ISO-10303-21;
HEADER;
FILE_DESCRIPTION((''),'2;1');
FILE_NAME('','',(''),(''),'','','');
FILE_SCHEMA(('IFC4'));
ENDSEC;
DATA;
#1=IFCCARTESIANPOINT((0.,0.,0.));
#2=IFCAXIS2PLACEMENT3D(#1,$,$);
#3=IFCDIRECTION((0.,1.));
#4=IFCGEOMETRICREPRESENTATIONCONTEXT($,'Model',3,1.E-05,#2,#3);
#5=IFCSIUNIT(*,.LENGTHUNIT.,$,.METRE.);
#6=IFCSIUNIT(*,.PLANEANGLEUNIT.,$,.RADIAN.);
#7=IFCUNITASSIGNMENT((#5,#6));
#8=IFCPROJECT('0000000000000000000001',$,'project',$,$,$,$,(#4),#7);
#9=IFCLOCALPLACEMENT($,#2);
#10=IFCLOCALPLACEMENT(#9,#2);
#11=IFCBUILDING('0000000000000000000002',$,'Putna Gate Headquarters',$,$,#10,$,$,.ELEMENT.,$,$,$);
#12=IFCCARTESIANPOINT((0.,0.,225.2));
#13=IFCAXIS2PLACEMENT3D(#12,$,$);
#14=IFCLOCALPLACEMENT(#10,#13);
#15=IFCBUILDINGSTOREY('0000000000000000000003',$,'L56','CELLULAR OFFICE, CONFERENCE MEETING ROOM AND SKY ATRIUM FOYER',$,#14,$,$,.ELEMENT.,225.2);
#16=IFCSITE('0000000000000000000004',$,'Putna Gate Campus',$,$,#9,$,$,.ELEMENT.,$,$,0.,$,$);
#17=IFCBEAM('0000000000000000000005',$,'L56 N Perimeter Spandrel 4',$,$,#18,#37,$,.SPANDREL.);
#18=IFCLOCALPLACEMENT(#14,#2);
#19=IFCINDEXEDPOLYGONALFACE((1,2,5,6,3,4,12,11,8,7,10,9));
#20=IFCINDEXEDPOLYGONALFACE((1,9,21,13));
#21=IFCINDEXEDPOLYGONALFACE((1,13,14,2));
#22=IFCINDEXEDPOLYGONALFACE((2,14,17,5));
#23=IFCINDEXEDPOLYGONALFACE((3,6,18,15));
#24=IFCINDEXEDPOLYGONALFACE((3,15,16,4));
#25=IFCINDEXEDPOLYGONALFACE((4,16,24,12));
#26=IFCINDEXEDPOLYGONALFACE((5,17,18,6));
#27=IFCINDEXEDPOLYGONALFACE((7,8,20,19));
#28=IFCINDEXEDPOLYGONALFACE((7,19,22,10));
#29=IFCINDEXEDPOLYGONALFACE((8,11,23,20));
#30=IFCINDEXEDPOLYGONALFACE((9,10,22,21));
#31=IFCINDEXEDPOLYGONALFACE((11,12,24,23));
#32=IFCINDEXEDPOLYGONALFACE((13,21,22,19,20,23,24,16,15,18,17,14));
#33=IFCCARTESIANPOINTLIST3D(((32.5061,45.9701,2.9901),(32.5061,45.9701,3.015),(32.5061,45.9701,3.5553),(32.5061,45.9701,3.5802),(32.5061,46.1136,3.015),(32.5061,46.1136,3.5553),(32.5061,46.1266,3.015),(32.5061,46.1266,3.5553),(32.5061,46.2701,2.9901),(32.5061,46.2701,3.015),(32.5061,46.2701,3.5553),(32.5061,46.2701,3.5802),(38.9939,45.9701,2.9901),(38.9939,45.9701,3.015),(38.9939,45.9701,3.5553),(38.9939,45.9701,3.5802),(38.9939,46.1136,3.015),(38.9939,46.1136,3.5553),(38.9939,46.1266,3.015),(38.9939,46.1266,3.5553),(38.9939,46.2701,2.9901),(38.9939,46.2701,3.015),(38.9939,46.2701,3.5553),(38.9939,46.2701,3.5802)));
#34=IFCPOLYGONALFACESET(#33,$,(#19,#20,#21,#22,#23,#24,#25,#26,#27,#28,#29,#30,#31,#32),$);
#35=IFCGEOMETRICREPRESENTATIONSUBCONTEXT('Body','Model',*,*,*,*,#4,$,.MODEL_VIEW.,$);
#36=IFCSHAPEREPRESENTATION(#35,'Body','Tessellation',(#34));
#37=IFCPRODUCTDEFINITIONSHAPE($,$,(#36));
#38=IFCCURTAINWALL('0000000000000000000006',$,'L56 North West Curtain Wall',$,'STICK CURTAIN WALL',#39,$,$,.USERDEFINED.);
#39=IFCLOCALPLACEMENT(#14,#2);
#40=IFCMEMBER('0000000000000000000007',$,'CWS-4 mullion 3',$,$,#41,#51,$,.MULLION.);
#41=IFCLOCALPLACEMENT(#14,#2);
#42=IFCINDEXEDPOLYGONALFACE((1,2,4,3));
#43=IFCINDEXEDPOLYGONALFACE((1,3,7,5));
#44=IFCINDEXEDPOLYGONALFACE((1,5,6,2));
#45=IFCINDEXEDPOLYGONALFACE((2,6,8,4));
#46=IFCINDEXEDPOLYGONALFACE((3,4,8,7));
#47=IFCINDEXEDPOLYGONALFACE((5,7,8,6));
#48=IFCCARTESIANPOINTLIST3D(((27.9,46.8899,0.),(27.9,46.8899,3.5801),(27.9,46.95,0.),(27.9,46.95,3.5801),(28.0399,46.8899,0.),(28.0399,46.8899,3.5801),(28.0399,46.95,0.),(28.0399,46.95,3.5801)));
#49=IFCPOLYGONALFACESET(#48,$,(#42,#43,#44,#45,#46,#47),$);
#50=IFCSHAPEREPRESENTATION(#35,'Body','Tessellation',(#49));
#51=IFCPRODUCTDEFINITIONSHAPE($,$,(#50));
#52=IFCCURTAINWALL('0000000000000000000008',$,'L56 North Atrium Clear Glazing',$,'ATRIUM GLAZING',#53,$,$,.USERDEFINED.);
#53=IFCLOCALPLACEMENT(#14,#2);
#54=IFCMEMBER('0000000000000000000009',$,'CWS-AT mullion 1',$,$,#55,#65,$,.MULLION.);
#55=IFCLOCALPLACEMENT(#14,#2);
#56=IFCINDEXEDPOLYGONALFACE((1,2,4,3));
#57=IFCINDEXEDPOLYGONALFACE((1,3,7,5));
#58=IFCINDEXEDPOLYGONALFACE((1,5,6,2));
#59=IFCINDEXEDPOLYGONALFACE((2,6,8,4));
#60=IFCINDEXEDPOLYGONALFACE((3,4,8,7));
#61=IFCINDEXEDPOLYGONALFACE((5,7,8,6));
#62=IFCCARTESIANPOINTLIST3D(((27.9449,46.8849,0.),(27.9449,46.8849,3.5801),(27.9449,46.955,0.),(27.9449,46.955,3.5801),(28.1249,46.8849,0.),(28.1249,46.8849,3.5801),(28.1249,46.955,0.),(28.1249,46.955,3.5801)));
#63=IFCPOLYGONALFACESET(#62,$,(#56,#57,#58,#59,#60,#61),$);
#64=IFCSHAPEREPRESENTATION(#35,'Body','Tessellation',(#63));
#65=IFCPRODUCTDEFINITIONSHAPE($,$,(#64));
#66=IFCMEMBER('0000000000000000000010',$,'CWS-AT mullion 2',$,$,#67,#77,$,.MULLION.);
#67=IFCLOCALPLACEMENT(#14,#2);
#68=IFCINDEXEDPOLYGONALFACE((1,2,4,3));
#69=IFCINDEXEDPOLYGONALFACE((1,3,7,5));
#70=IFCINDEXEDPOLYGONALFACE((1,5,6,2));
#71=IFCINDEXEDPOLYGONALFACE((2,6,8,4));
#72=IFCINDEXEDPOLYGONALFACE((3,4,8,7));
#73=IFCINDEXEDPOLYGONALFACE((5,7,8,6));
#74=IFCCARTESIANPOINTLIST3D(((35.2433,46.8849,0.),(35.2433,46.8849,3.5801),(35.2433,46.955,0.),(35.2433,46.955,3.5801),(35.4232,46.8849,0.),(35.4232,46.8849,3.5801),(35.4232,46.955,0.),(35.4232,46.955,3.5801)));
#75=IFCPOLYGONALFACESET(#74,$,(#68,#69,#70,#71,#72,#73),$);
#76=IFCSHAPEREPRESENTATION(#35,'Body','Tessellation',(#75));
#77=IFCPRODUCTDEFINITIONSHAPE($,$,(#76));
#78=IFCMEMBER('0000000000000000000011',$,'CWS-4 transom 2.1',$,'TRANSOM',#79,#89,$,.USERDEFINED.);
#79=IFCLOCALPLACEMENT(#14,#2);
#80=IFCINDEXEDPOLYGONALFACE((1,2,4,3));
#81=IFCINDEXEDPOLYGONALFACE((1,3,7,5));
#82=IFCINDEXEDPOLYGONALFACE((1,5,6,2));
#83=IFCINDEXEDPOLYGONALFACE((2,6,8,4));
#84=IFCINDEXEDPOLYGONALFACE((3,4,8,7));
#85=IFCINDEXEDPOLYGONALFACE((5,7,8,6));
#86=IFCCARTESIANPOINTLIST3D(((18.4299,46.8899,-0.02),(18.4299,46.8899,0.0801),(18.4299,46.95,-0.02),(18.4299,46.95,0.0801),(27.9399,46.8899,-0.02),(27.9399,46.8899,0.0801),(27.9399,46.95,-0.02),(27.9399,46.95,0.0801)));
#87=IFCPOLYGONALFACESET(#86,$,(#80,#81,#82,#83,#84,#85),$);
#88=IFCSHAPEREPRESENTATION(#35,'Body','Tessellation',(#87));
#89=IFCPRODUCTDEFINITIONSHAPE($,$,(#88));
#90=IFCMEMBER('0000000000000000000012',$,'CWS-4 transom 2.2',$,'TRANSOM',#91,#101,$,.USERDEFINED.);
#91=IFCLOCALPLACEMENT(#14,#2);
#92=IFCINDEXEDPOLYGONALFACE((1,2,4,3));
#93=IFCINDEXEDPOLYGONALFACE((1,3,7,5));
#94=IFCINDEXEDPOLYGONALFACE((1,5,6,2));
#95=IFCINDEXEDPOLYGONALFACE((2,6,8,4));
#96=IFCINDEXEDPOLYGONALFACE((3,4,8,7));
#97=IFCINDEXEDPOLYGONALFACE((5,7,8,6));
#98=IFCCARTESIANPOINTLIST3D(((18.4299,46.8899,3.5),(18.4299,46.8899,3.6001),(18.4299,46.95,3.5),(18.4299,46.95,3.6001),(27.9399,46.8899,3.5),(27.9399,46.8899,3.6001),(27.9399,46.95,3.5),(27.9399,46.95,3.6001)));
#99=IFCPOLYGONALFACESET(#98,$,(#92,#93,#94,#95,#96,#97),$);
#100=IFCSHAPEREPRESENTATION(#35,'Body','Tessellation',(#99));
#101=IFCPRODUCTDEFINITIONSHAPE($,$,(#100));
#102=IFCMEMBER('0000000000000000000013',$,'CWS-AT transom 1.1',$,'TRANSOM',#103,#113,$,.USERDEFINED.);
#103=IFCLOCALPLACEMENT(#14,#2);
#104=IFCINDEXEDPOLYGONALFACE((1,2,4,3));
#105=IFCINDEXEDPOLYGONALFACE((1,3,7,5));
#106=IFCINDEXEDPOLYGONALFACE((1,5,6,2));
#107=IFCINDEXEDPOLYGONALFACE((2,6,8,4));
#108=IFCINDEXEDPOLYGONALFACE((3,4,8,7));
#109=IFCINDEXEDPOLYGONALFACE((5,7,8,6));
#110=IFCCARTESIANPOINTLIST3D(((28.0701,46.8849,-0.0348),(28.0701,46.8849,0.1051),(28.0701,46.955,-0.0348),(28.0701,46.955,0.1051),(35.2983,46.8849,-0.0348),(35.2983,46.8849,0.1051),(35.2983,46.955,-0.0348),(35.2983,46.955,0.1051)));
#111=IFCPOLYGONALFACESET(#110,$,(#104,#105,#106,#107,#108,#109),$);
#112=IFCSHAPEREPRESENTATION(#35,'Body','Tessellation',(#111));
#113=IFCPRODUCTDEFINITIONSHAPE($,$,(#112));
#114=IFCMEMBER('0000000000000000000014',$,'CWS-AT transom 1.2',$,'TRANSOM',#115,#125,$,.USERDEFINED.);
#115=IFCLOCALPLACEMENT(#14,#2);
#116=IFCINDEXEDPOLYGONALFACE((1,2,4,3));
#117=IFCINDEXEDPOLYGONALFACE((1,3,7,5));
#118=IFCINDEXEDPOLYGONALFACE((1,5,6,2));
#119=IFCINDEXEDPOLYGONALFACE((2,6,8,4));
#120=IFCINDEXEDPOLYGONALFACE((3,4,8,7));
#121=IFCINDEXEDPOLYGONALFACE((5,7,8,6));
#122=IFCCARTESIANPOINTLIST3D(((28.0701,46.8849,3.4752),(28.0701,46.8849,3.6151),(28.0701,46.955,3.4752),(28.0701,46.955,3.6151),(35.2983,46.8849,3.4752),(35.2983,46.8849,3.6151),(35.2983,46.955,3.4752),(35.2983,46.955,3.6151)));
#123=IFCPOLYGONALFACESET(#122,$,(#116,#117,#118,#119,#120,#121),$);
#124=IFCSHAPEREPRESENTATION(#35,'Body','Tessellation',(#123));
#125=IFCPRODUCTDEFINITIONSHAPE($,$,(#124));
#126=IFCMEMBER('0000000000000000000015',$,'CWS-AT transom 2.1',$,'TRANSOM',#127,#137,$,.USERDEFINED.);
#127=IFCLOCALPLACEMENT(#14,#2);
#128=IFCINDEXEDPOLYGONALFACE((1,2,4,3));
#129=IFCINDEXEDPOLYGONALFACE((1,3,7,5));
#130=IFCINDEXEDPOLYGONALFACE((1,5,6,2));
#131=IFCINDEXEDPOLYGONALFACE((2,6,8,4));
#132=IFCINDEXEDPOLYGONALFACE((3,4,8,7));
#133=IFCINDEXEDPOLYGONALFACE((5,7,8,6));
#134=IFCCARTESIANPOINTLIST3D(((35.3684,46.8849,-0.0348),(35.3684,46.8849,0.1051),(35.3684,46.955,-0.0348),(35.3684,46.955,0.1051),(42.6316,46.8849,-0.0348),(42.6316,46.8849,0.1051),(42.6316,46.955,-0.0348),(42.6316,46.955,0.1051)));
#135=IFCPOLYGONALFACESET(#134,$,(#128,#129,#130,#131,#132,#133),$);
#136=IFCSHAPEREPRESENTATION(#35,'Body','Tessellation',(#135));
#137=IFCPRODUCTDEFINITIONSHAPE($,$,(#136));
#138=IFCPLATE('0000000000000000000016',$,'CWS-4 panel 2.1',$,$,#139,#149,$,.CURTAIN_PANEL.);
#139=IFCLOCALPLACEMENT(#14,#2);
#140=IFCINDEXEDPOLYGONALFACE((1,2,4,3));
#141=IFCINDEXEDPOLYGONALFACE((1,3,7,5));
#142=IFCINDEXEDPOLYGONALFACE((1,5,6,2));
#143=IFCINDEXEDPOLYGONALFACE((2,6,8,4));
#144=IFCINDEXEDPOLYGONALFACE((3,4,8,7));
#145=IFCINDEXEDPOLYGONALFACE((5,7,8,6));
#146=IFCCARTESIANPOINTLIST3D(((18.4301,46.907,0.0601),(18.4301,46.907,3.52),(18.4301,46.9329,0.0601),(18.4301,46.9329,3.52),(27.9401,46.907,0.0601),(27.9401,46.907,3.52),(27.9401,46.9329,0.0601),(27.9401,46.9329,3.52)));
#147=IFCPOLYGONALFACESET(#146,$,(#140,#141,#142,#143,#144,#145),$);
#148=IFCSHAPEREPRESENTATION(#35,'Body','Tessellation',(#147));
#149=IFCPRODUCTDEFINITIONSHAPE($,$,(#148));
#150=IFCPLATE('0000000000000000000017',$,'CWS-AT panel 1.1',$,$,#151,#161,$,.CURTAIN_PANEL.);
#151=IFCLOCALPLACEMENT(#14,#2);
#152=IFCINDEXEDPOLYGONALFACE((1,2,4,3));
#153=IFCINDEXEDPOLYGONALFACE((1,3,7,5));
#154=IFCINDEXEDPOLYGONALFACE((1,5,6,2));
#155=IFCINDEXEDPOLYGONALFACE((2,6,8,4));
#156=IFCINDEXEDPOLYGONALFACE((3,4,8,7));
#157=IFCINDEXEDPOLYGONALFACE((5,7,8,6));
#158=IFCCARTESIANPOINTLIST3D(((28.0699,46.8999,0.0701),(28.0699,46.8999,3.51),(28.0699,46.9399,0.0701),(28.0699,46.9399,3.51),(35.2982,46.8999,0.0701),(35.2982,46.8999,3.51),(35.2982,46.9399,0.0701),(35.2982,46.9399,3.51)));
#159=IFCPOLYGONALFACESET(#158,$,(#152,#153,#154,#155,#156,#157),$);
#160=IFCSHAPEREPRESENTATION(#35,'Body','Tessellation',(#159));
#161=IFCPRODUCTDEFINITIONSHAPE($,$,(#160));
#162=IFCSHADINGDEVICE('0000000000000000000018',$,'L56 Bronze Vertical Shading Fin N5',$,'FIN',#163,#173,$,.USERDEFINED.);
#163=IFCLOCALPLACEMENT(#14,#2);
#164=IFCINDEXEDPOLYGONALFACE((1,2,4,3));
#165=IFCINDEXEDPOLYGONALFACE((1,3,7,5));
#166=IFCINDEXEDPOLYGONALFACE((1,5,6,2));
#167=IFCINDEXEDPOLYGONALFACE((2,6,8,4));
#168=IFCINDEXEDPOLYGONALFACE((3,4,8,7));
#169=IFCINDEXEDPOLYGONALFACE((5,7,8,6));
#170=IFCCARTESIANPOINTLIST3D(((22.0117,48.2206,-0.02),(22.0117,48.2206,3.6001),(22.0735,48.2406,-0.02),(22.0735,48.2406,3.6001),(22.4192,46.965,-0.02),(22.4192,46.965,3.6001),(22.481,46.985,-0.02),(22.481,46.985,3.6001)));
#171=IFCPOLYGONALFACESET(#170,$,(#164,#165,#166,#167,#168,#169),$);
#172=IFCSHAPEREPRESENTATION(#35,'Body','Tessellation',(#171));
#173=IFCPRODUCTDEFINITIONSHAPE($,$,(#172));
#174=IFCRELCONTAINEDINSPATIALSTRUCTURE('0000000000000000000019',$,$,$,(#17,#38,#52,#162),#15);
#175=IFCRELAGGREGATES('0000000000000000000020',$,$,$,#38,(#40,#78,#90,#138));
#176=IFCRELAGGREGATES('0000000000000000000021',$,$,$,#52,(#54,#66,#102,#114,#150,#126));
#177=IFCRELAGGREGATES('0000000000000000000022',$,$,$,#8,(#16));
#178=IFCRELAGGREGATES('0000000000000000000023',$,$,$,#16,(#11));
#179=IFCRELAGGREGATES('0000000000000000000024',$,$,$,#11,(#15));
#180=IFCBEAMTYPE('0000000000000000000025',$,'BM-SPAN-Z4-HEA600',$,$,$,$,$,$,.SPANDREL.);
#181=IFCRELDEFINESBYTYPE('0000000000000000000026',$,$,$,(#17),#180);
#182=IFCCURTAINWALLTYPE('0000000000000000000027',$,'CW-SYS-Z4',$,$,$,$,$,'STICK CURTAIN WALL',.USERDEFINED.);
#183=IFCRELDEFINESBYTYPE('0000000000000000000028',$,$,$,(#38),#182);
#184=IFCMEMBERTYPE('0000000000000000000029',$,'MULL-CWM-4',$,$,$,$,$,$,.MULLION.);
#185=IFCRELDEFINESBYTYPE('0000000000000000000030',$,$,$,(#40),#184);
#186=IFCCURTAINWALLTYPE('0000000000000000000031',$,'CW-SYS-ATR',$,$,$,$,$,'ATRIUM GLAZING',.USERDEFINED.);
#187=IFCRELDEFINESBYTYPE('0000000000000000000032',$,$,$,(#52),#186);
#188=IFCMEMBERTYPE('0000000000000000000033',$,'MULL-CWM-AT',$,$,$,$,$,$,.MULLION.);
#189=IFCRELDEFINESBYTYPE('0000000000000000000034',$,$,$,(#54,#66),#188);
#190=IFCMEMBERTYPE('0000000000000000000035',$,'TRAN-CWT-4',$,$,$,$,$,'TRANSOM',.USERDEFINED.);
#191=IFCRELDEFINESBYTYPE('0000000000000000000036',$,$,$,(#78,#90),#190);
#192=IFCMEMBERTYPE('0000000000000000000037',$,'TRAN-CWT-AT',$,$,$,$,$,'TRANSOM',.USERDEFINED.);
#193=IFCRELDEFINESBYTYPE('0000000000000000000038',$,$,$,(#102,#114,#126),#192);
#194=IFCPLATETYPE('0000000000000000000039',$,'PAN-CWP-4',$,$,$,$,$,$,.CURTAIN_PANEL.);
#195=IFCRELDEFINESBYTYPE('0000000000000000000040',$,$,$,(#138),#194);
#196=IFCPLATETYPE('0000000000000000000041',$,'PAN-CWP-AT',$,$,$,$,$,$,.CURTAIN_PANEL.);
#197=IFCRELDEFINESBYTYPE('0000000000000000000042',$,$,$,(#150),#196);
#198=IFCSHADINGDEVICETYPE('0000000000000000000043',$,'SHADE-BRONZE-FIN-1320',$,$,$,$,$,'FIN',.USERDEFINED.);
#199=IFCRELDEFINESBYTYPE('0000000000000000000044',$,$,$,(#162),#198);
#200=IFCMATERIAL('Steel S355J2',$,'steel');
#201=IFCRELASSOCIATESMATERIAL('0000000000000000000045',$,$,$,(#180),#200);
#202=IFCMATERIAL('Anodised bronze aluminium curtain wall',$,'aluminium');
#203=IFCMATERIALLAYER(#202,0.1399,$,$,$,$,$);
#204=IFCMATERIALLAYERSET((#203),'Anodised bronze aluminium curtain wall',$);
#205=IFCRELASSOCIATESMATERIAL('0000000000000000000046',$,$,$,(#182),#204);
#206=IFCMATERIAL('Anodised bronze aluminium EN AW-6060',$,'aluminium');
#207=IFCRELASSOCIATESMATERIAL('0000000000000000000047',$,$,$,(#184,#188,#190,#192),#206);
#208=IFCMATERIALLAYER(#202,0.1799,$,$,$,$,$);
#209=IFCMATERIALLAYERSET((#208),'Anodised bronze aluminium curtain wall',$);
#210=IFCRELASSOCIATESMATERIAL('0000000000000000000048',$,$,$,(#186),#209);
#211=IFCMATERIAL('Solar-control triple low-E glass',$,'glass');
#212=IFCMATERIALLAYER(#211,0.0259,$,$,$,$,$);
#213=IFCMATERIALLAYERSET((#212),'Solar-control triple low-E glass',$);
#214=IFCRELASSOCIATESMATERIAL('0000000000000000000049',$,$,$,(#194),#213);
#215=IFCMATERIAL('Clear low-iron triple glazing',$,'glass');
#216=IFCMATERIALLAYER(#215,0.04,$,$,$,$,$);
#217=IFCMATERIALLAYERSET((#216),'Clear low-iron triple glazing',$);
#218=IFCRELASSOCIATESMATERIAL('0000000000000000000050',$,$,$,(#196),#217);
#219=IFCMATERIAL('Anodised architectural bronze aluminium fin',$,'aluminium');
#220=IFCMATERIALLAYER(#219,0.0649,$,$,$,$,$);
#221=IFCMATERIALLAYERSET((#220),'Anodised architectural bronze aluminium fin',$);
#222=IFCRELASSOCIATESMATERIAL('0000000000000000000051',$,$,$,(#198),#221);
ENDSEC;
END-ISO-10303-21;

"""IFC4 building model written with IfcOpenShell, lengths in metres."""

from ifc_helpers import new_model, si_unit, direction, frame, origin, origin_2d, place, context, subcontext, project, spatial, rectangle, i_section, extrude, material, layer, layer_set, material_profile, profile_set, type_object, element, aggregate, save


model = new_model("IFC4")

# Units and contexts
model_context = context("Model", 3, precision=1e-05, world=origin(), true_north=direction((0.0, 1.0)))
body_context = subcontext(model_context, "Body", "Model", "MODEL_VIEW")
ifc_project = project(units=[si_unit("LENGTHUNIT", "METRE"), si_unit("PLANEANGLEUNIT", "RADIAN")], contexts=[model_context])

# Site, building, storey
site_placement = place(None, origin())
site = spatial("IfcSite", under=ifc_project, at=site_placement, Name="Putna Gate Campus", CompositionType="ELEMENT", RefElevation=0.0)
building_placement = place(site_placement, origin())
building = spatial("IfcBuilding", under=site, at=building_placement, Name="Putna Gate Headquarters", CompositionType="ELEMENT")
storey_placement = place(building_placement, frame((0.0, 0.0, 225.2)))
storey = spatial("IfcBuildingStorey", under=building, at=storey_placement, Name="L56", Description="CELLULAR OFFICE, CONFERENCE MEETING ROOM AND SKY ATRIUM FOYER", CompositionType="ELEMENT", Elevation=225.2)

# Beam
ifc_material_1 = material(Name="Steel S355J2", Category="steel")
ifc_material_profile_1 = material_profile(ifc_material_1, i_section(OverallWidth=0.3, OverallDepth=0.5901, WebThickness=0.0129, FlangeThickness=0.0249, at=origin_2d()), Name="Steel S355J2")
ifc_profile_set_1 = profile_set([ifc_material_profile_1], Name="Steel S355J2")
beam_type_1 = type_object("IfcBeamType", Name="BM-SPAN-Z4-HEA600", PredefinedType="SPANDREL", material=ifc_profile_set_1)
for number, where, z_axis, x_axis, name in (
    (1, (32.5061, 46.1201, 3.2852), (1.0, 0.0, 0.0), (0.0, 1.0, 0.0), "L56 N Perimeter Spandrel 4"),
):
    element("IfcBeam", number, at=place(storey_placement, frame(where, z_axis=z_axis, x_axis=x_axis)), inside=storey, type_object=beam_type_1, Name=name, PredefinedType="SPANDREL", context=body_context, shape_type="SweptSolid", body=[
        extrude(i_section(OverallWidth=0.3, OverallDepth=0.5901, WebThickness=0.0129, FlangeThickness=0.0249, at=origin_2d()), origin(), (0.0, 0.0, 1.0), 6.4878),
    ])

# Curtain wall, member
ifc_material_2 = material(Name="Anodised bronze aluminium curtain wall", Category="aluminium")
ifc_layer_1 = layer(ifc_material_2, 0.1399)
ifc_layer_set_1 = layer_set([ifc_layer_1], Name="Anodised bronze aluminium curtain wall")
curtain_wall_type_1 = type_object("IfcCurtainWallType", Name="CW-SYS-Z4", ElementType="STICK CURTAIN WALL", PredefinedType="USERDEFINED", material=ifc_layer_set_1)
curtain_wall_1_placement = place(storey_placement, origin())
curtain_wall_1 = element("IfcCurtainWall", 2, at=curtain_wall_1_placement, inside=storey, type_object=curtain_wall_type_1, Name="L56 North West Curtain Wall", ObjectType="STICK CURTAIN WALL", PredefinedType="USERDEFINED")
ifc_material_3 = material(Name="Anodised bronze aluminium EN AW-6060", Category="aluminium")
ifc_material_profile_2 = material_profile(ifc_material_3, rectangle(XDim=0.0601, YDim=0.1399, at=origin_2d()), Name="Anodised bronze aluminium EN AW-6060")
ifc_profile_set_2 = profile_set([ifc_material_profile_2], Name="Anodised bronze aluminium EN AW-6060")
member_type_1 = type_object("IfcMemberType", Name="MULL-CWM-4", PredefinedType="MULLION", material=ifc_profile_set_2)
member_1_placement = place(storey_placement, frame((27.97, 46.9199, 0.0), z_axis=(0.0, 0.0, 1.0), x_axis=(0.0, 1.0, 0.0)))
member_1 = element("IfcMember", 3, at=member_1_placement, type_object=member_type_1, Name="CWS-4 mullion 3", PredefinedType="MULLION", context=body_context, shape_type="SweptSolid", body=[
    extrude(rectangle(XDim=0.0601, YDim=0.1399, at=origin_2d()), origin(), (0.0, 0.0, 1.0), 3.5801),
])

# Curtain wall, members
ifc_layer_2 = layer(ifc_material_2, 0.1799)
ifc_layer_set_2 = layer_set([ifc_layer_2], Name="Anodised bronze aluminium curtain wall")
curtain_wall_type_2 = type_object("IfcCurtainWallType", Name="CW-SYS-ATR", ElementType="ATRIUM GLAZING", PredefinedType="USERDEFINED", material=ifc_layer_set_2)
curtain_wall_2_placement = place(storey_placement, origin())
curtain_wall_2 = element("IfcCurtainWall", 4, at=curtain_wall_2_placement, inside=storey, type_object=curtain_wall_type_2, Name="L56 North Atrium Clear Glazing", ObjectType="ATRIUM GLAZING", PredefinedType="USERDEFINED")
ifc_material_profile_3 = material_profile(ifc_material_3, rectangle(XDim=0.0701, YDim=0.1799, at=origin_2d()), Name="Anodised bronze aluminium EN AW-6060")
ifc_profile_set_3 = profile_set([ifc_material_profile_3], Name="Anodised bronze aluminium EN AW-6060")
member_type_2 = type_object("IfcMemberType", Name="MULL-CWM-AT", PredefinedType="MULLION", material=ifc_profile_set_3)
member_2_placement = place(storey_placement, frame((28.0349, 46.9199, 0.0), z_axis=(0.0, 0.0, 1.0), x_axis=(0.0, 1.0, 0.0)))
member_2 = element("IfcMember", 5, at=member_2_placement, type_object=member_type_2, Name="CWS-AT mullion 1", PredefinedType="MULLION", context=body_context, shape_type="SweptSolid", body=[
    extrude(rectangle(XDim=0.0701, YDim=0.1799, at=origin_2d()), origin(), (0.0, 0.0, 1.0), 3.5801),
])
member_3_placement = place(storey_placement, frame((35.3333, 46.9199, 0.0), z_axis=(0.0, 0.0, 1.0), x_axis=(0.0, 1.0, 0.0)))
member_3 = element("IfcMember", 6, at=member_3_placement, type_object=member_type_2, Name="CWS-AT mullion 2", PredefinedType="MULLION", context=body_context, shape_type="SweptSolid", body=[
    extrude(rectangle(XDim=0.0701, YDim=0.1799, at=origin_2d()), origin(), (0.0, 0.0, 1.0), 3.5801),
])

# Members
ifc_material_profile_4 = material_profile(ifc_material_3, rectangle(XDim=0.0601, YDim=0.1001, at=origin_2d()), Name="Anodised bronze aluminium EN AW-6060")
ifc_profile_set_4 = profile_set([ifc_material_profile_4], Name="Anodised bronze aluminium EN AW-6060")
member_type_3 = type_object("IfcMemberType", Name="TRAN-CWT-4", ElementType="TRANSOM", PredefinedType="USERDEFINED", material=ifc_profile_set_4)
member_4_placement = place(storey_placement, frame((18.4299, 46.9199, 0.03), z_axis=(1.0, 0.0, 0.0), x_axis=(0.0, 1.0, 0.0)))
member_4 = element("IfcMember", 7, at=member_4_placement, type_object=member_type_3, Name="CWS-4 transom 2.1", ObjectType="TRANSOM", PredefinedType="USERDEFINED", context=body_context, shape_type="SweptSolid", body=[
    extrude(rectangle(XDim=0.0601, YDim=0.1001, at=origin_2d()), origin(), (0.0, 0.0, 1.0), 9.51),
])
member_5_placement = place(storey_placement, frame((18.4299, 46.9199, 3.55), z_axis=(1.0, 0.0, 0.0), x_axis=(0.0, 1.0, 0.0)))
member_5 = element("IfcMember", 8, at=member_5_placement, type_object=member_type_3, Name="CWS-4 transom 2.2", ObjectType="TRANSOM", PredefinedType="USERDEFINED", context=body_context, shape_type="SweptSolid", body=[
    extrude(rectangle(XDim=0.0601, YDim=0.1001, at=origin_2d()), origin(), (0.0, 0.0, 1.0), 9.51),
])
ifc_material_profile_5 = material_profile(ifc_material_3, rectangle(XDim=0.0701, YDim=0.1399, at=origin_2d()), Name="Anodised bronze aluminium EN AW-6060")
ifc_profile_set_5 = profile_set([ifc_material_profile_5], Name="Anodised bronze aluminium EN AW-6060")
member_type_4 = type_object("IfcMemberType", Name="TRAN-CWT-AT", ElementType="TRANSOM", PredefinedType="USERDEFINED", material=ifc_profile_set_5)
member_6_placement = place(storey_placement, frame((28.0701, 46.9199, 0.0352), z_axis=(1.0, 0.0, 0.0), x_axis=(0.0, 1.0, 0.0)))
member_6 = element("IfcMember", 9, at=member_6_placement, type_object=member_type_4, Name="CWS-AT transom 1.1", ObjectType="TRANSOM", PredefinedType="USERDEFINED", context=body_context, shape_type="SweptSolid", body=[
    extrude(rectangle(XDim=0.0701, YDim=0.1399, at=origin_2d()), origin(), (0.0, 0.0, 1.0), 7.2283),
])
member_7_placement = place(storey_placement, frame((28.0701, 46.9199, 3.5452), z_axis=(1.0, 0.0, 0.0), x_axis=(0.0, 1.0, 0.0)))
member_7 = element("IfcMember", 10, at=member_7_placement, type_object=member_type_4, Name="CWS-AT transom 1.2", ObjectType="TRANSOM", PredefinedType="USERDEFINED", context=body_context, shape_type="SweptSolid", body=[
    extrude(rectangle(XDim=0.0701, YDim=0.1399, at=origin_2d()), origin(), (0.0, 0.0, 1.0), 7.2283),
])
member_8_placement = place(storey_placement, frame((35.3684, 46.9199, 0.0352), z_axis=(1.0, 0.0, 0.0), x_axis=(0.0, 1.0, 0.0)))
member_8 = element("IfcMember", 11, at=member_8_placement, type_object=member_type_4, Name="CWS-AT transom 2.1", ObjectType="TRANSOM", PredefinedType="USERDEFINED", context=body_context, shape_type="SweptSolid", body=[
    extrude(rectangle(XDim=0.0701, YDim=0.1399, at=origin_2d()), origin(), (0.0, 0.0, 1.0), 7.2632),
])

# Plates
ifc_material_4 = material(Name="Solar-control triple low-E glass", Category="glass")
ifc_layer_3 = layer(ifc_material_4, 0.0259)
ifc_layer_set_3 = layer_set([ifc_layer_3], Name="Solar-control triple low-E glass")
plate_type_1 = type_object("IfcPlateType", Name="PAN-CWP-4", PredefinedType="CURTAIN_PANEL", material=ifc_layer_set_3)
plate_1_placement = place(storey_placement, frame((23.1851, 46.9199, 0.0601), z_axis=(0.0, 0.0, 1.0), x_axis=(1.0, 0.0, 0.0)))
plate_1 = element("IfcPlate", 12, at=plate_1_placement, type_object=plate_type_1, Name="CWS-4 panel 2.1", PredefinedType="CURTAIN_PANEL", context=body_context, shape_type="SweptSolid", body=[
    extrude(rectangle(XDim=9.51, YDim=0.0259, at=origin_2d()), origin(), (0.0, 0.0, 1.0), 3.46),
])
aggregate(curtain_wall_1, [member_1, member_4, member_5, plate_1])
ifc_material_5 = material(Name="Clear low-iron triple glazing", Category="glass")
ifc_layer_4 = layer(ifc_material_5, 0.04)
ifc_layer_set_4 = layer_set([ifc_layer_4], Name="Clear low-iron triple glazing")
plate_type_2 = type_object("IfcPlateType", Name="PAN-CWP-AT", PredefinedType="CURTAIN_PANEL", material=ifc_layer_set_4)
plate_2_placement = place(storey_placement, frame((31.6841, 46.9199, 0.0701), z_axis=(0.0, 0.0, 1.0), x_axis=(1.0, 0.0, 0.0)))
plate_2 = element("IfcPlate", 13, at=plate_2_placement, type_object=plate_type_2, Name="CWS-AT panel 1.1", PredefinedType="CURTAIN_PANEL", context=body_context, shape_type="SweptSolid", body=[
    extrude(rectangle(XDim=7.2283, YDim=0.04, at=origin_2d()), origin(), (0.0, 0.0, 1.0), 3.4399),
])
aggregate(curtain_wall_2, [member_2, member_3, member_6, member_7, plate_2, member_8])

# Shading device
ifc_material_6 = material(Name="Anodised architectural bronze aluminium fin", Category="aluminium")
ifc_layer_5 = layer(ifc_material_6, 0.0649)
ifc_layer_set_5 = layer_set([ifc_layer_5], Name="Anodised architectural bronze aluminium fin")
shading_device_type = type_object("IfcShadingDeviceType", Name="SHADE-BRONZE-FIN-1320", ElementType="FIN", PredefinedType="USERDEFINED", material=ifc_layer_set_5)
for number, where, z_axis, x_axis, name in (
    (14, (22.2463, 47.6028, -0.02), (0.0, 0.0, 1.0), (-0.308685, 0.951164, 0.0), "L56 Bronze Vertical Shading Fin N5"),
):
    element("IfcShadingDevice", number, at=place(storey_placement, frame(where, z_axis=z_axis, x_axis=x_axis)), inside=storey, type_object=shading_device_type, Name=name, ObjectType="FIN", PredefinedType="USERDEFINED", context=body_context, shape_type="SweptSolid", body=[
        extrude(rectangle(XDim=1.3201, YDim=0.0649, at=origin_2d()), origin(), (0.0, 0.0, 1.0), 3.6201),
    ])

save(model, "model.ifc")
